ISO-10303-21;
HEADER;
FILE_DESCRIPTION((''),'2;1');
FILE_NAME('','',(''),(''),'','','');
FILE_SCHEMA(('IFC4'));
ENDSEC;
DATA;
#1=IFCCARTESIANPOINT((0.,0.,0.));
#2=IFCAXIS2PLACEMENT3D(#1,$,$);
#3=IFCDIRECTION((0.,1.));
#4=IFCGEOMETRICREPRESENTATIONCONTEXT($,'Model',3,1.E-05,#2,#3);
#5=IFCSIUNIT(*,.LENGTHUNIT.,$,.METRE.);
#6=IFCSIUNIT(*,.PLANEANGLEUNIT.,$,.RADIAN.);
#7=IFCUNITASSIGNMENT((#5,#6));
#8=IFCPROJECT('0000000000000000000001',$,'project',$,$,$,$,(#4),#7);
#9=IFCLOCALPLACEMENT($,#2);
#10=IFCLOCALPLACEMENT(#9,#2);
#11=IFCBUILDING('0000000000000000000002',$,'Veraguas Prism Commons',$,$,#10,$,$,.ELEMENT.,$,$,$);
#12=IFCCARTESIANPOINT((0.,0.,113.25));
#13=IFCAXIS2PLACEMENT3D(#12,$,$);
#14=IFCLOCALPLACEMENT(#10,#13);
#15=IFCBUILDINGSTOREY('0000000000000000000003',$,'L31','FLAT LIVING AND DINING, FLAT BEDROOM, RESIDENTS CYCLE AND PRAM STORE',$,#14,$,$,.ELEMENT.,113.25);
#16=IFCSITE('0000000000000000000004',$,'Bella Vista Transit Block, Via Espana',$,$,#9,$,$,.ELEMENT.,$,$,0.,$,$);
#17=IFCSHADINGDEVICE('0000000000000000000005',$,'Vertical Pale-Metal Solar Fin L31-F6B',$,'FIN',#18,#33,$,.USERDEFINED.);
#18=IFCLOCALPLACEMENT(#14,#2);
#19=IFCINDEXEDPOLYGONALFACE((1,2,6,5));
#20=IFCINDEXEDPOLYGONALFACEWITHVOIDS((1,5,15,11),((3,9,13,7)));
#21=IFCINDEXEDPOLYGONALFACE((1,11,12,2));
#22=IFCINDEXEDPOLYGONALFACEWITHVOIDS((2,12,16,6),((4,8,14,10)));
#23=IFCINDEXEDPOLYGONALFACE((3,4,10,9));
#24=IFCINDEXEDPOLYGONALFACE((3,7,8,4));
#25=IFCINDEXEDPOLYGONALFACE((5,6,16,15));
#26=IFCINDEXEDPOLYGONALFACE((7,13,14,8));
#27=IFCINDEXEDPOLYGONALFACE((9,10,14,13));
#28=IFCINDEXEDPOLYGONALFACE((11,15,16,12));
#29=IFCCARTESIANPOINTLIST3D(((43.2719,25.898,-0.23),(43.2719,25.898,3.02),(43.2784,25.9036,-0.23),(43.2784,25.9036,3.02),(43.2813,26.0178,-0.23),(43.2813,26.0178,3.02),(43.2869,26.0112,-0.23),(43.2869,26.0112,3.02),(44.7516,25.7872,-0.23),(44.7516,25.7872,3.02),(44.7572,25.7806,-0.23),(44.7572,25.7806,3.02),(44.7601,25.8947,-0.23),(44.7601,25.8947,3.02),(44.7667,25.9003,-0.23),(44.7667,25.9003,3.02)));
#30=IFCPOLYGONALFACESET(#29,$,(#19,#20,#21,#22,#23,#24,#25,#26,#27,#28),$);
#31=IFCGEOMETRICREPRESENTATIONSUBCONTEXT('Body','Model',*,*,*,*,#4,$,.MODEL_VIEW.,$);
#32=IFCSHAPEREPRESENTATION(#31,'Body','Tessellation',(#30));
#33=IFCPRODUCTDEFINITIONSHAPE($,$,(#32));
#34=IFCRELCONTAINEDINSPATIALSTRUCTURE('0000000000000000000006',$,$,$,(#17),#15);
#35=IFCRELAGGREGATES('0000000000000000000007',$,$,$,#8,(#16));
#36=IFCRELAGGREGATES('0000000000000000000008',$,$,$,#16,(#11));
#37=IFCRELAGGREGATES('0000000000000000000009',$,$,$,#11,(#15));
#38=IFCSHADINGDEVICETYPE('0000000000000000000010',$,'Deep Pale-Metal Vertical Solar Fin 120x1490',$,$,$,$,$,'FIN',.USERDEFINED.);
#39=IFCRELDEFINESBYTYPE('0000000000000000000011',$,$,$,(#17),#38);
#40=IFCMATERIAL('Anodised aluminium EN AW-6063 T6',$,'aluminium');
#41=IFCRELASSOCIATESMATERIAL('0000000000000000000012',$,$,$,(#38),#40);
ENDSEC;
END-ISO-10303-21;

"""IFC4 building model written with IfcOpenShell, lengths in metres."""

from ifc_helpers import new_model, si_unit, direction, frame, origin, origin_2d, place, context, subcontext, project, spatial, hollow_rectangle, extrude, material, material_profile, profile_set, type_object, element, save


model = new_model("IFC4")

# Units and contexts
model_context = context("Model", 3, precision=1e-05, world=origin(), true_north=direction((0.0, 1.0)))
body_context = subcontext(model_context, "Body", "Model", "MODEL_VIEW")
ifc_project = project(units=[si_unit("LENGTHUNIT", "METRE"), si_unit("PLANEANGLEUNIT", "RADIAN")], contexts=[model_context])

# Site, building, storey
site_placement = place(None, origin())
site = spatial("IfcSite", under=ifc_project, at=site_placement, Name="Bella Vista Transit Block, Via Espana", CompositionType="ELEMENT", RefElevation=0.0)
building_placement = place(site_placement, origin())
building = spatial("IfcBuilding", under=site, at=building_placement, Name="Veraguas Prism Commons", CompositionType="ELEMENT")
storey_placement = place(building_placement, frame((0.0, 0.0, 113.25)))
storey = spatial("IfcBuildingStorey", under=building, at=storey_placement, Name="L31", Description="FLAT LIVING AND DINING, FLAT BEDROOM, RESIDENTS CYCLE AND PRAM STORE", CompositionType="ELEMENT", Elevation=113.25)

# Shared definitions
ifc_material_1 = material(Name="Anodised aluminium EN AW-6063 T6", Category="aluminium")

# Shading device
ifc_material_profile_1 = material_profile(ifc_material_1, hollow_rectangle(XDim=0.1201, YDim=1.49, WallThickness=0.0061, at=origin_2d()), Name="FIN120X1490X6")
ifc_profile_set_1 = profile_set([ifc_material_profile_1], Name="Anodised aluminium EN AW-6063 T6")
shading_device_type = type_object("IfcShadingDeviceType", Name="Deep Pale-Metal Vertical Solar Fin 120x1490", ElementType="FIN", PredefinedType="USERDEFINED", material=ifc_profile_set_1)
shading_device_placement = place(storey_placement, frame((44.0193, 25.8992, -0.23), z_axis=(0.0, 0.0, 1.0), x_axis=(0.078804, 0.99689, 0.0)))
element("IfcShadingDevice", 1, at=shading_device_placement, inside=storey, type_object=shading_device_type, Name="Vertical Pale-Metal Solar Fin L31-F6B", ObjectType="FIN", PredefinedType="USERDEFINED", context=body_context, shape_type="SweptSolid", body=[
    extrude(hollow_rectangle(XDim=0.1201, YDim=1.49, WallThickness=0.0061, at=origin_2d()), origin(), (0.0, 0.0, 1.0), 3.25),
])

save(model, "model.ifc")
